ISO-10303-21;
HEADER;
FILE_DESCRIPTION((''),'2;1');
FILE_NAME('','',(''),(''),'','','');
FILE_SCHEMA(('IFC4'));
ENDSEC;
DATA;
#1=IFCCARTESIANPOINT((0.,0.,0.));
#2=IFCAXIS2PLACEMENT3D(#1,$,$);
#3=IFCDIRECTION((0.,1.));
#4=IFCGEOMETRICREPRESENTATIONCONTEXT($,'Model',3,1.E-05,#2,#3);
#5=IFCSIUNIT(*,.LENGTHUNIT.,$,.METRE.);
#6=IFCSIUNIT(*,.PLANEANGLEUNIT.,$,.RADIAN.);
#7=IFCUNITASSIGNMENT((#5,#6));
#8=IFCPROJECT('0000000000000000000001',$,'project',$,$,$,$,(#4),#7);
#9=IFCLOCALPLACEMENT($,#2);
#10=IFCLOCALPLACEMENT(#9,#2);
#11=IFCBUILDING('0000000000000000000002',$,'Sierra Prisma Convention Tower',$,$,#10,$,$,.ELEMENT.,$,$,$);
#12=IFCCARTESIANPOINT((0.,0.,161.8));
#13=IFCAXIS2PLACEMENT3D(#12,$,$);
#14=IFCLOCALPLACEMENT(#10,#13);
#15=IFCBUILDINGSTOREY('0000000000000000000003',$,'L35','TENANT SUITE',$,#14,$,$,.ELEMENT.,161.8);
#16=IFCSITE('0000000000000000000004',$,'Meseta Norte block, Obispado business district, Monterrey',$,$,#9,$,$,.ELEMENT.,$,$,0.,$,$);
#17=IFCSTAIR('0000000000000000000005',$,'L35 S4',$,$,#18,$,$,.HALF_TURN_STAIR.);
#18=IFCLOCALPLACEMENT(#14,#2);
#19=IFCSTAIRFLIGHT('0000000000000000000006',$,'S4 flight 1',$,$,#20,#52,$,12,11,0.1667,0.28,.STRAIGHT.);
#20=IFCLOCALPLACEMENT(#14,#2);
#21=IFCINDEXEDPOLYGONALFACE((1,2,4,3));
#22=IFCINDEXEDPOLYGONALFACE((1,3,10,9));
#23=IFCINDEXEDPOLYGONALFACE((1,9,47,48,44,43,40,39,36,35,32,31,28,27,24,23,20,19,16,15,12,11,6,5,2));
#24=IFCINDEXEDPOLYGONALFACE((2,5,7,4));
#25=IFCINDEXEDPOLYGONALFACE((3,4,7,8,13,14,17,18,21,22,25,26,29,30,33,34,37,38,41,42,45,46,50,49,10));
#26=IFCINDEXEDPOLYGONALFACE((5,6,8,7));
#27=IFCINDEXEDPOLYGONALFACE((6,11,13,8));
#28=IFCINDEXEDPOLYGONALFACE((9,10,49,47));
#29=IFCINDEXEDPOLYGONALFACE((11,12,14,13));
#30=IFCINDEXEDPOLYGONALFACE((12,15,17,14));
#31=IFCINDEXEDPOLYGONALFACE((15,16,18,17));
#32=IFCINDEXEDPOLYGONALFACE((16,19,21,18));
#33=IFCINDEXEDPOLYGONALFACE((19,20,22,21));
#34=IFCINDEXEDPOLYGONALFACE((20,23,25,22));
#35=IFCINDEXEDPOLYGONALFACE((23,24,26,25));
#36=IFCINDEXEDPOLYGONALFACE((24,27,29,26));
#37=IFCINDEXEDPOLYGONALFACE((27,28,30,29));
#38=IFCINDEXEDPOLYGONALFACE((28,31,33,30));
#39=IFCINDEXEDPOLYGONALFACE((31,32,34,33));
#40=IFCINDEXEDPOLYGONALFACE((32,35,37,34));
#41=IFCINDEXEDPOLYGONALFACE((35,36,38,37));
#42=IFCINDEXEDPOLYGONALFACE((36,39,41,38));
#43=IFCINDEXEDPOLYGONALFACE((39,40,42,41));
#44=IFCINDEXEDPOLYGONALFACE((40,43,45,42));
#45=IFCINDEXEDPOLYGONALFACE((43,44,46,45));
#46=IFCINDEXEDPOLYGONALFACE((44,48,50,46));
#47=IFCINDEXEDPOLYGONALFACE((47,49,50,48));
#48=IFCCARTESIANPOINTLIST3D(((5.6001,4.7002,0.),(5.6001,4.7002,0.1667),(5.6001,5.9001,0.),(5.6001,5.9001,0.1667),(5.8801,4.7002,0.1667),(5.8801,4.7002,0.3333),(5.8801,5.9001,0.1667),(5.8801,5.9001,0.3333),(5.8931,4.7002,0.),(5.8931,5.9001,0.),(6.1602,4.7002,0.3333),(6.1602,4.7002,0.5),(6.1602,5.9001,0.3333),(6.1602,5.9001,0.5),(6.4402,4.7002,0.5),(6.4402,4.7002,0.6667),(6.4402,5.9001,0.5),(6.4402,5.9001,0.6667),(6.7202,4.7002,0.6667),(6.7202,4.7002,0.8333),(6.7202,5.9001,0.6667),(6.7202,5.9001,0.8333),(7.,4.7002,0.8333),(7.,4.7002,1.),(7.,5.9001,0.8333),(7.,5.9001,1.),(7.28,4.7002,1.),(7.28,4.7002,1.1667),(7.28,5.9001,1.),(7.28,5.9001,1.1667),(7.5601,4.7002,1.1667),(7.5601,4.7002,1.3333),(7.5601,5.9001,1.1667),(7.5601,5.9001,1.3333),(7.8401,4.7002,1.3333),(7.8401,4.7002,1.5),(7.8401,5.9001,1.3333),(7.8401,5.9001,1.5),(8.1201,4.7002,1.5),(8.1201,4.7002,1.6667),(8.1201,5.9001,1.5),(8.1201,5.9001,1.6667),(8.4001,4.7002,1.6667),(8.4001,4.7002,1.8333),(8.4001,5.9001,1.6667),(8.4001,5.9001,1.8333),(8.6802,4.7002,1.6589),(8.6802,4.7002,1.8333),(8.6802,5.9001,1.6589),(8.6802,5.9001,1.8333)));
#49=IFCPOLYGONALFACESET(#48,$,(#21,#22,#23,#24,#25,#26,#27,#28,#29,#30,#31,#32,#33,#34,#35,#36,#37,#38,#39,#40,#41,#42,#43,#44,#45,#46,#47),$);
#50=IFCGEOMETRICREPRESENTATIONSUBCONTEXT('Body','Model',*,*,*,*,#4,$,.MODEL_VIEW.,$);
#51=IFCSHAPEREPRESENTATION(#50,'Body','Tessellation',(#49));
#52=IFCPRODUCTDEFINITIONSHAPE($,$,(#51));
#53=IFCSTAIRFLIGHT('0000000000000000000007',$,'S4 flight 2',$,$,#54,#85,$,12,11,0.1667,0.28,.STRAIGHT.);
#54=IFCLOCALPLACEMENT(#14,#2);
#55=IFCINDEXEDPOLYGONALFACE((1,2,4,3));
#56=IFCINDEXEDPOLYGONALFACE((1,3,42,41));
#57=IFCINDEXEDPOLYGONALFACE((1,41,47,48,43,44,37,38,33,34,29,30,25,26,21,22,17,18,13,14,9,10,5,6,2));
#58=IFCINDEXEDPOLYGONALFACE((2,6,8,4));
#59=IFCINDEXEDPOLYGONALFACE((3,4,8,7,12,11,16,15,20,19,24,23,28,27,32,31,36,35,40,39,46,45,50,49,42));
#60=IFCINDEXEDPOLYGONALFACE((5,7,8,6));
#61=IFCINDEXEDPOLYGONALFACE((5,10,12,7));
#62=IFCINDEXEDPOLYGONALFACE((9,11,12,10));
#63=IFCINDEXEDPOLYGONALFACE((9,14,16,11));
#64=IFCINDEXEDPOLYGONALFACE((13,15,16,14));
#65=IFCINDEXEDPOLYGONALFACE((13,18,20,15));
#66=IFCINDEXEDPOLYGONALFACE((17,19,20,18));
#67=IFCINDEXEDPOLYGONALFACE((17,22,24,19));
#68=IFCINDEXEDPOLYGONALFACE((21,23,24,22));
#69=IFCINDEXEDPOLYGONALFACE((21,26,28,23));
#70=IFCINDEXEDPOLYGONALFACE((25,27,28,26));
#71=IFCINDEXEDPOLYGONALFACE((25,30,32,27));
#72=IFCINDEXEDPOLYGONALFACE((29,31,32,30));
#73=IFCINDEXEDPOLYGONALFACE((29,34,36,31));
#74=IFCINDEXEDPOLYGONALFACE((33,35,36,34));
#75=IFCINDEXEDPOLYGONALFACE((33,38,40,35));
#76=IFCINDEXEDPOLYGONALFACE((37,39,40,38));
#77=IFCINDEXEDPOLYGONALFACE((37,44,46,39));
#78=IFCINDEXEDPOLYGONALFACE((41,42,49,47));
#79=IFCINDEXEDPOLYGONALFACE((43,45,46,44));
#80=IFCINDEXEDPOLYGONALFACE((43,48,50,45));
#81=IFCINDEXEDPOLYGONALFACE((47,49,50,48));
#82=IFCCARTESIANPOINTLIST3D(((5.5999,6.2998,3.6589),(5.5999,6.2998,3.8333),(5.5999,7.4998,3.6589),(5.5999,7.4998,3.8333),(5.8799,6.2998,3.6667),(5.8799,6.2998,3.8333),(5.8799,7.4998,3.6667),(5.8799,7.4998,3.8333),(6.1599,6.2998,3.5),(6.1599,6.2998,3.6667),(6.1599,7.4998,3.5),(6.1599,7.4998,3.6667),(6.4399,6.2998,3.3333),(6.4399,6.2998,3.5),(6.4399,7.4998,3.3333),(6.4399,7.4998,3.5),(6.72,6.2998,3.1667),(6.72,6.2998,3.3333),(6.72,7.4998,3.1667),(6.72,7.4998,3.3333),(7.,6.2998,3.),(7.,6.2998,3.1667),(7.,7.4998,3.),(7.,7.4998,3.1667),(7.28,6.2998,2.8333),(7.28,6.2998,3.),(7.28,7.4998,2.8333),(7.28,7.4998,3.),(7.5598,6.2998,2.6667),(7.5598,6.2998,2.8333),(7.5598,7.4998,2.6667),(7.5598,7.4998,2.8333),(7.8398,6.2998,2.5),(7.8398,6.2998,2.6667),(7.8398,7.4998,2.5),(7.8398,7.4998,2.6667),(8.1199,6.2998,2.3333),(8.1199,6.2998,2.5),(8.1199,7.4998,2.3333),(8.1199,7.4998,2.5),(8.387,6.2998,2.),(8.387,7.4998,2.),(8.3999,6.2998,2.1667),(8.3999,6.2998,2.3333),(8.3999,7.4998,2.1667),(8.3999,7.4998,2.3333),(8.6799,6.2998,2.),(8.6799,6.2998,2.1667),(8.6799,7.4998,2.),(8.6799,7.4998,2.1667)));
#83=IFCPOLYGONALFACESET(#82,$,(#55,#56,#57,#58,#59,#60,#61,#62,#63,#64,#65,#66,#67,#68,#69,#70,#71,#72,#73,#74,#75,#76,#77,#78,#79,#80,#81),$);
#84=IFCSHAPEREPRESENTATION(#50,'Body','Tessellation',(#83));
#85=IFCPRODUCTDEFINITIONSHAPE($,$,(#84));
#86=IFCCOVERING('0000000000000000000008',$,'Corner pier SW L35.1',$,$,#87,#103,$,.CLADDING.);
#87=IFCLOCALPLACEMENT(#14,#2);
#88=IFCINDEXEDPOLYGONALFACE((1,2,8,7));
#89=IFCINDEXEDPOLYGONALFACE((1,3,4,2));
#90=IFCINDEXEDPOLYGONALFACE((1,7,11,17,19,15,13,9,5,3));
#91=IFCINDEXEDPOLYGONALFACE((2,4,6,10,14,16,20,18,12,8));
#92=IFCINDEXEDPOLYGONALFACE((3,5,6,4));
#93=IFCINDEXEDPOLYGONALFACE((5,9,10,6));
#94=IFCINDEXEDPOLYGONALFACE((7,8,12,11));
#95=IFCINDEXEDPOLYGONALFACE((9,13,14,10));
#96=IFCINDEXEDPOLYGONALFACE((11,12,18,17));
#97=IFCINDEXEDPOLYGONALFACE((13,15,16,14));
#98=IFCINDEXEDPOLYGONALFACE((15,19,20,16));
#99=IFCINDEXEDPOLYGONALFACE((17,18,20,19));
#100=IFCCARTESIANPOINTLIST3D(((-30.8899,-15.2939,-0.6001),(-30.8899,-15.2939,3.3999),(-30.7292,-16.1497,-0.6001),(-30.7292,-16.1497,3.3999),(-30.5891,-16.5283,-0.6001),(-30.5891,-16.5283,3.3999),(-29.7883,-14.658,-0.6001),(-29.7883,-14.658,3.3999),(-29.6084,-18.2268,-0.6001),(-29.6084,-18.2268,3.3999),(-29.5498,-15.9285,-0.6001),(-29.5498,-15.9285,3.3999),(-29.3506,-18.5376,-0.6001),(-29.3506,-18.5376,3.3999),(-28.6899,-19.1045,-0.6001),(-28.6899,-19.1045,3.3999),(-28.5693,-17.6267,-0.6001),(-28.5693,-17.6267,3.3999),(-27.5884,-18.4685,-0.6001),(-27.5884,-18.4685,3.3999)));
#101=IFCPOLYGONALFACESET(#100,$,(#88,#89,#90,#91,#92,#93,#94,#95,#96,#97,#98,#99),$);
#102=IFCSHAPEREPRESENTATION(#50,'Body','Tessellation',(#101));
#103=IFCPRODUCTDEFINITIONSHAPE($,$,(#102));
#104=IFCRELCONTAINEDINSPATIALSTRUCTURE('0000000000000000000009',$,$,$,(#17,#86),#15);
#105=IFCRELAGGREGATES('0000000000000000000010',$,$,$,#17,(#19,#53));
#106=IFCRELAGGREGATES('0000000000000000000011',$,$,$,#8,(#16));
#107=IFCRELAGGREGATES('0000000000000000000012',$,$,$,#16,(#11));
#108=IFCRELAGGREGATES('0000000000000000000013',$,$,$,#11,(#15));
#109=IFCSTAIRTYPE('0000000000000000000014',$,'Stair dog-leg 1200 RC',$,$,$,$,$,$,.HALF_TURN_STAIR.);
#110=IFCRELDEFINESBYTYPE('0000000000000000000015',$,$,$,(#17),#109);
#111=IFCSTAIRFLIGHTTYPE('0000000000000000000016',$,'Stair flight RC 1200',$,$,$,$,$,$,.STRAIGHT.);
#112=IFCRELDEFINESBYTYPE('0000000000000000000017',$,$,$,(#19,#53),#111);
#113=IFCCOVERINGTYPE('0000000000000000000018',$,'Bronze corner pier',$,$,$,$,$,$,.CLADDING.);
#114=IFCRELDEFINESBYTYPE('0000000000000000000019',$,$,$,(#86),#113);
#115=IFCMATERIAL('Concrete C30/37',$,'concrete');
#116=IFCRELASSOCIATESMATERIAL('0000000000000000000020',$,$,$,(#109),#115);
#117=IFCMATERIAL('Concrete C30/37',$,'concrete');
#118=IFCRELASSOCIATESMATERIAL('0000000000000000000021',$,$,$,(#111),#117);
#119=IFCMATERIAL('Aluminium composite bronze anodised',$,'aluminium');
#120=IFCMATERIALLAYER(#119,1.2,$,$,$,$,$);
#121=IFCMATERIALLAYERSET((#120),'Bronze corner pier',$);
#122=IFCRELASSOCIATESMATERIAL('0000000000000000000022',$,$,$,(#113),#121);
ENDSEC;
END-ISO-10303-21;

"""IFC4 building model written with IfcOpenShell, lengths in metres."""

from ifc_helpers import new_model, si_unit, direction, frame, origin, place, context, subcontext, project, spatial, polyline, outline, extrude, material, layer, layer_set, type_object, element, aggregate, save


model = new_model("IFC4")

# Units and contexts
model_context = context("Model", 3, precision=1e-05, world=origin(), true_north=direction((0.0, 1.0)))
body_context = subcontext(model_context, "Body", "Model", "MODEL_VIEW")
ifc_project = project(units=[si_unit("LENGTHUNIT", "METRE"), si_unit("PLANEANGLEUNIT", "RADIAN")], contexts=[model_context])

# Site, building, storey
site_placement = place(None, origin())
site = spatial("IfcSite", under=ifc_project, at=site_placement, Name="Meseta Norte block, Obispado business district, Monterrey", CompositionType="ELEMENT", RefElevation=0.0)
building_placement = place(site_placement, origin())
building = spatial("IfcBuilding", under=site, at=building_placement, Name="Sierra Prisma Convention Tower", CompositionType="ELEMENT")
storey_placement = place(building_placement, frame((0.0, 0.0, 161.8)))
storey = spatial("IfcBuildingStorey", under=building, at=storey_placement, Name="L35", Description="TENANT SUITE", CompositionType="ELEMENT", Elevation=161.8)

# Shared definitions
ifc_material_1 = material(Name="Concrete C30/37", Category="concrete")
stair_type = type_object("IfcStairType", Name="Stair dog-leg 1200 RC", PredefinedType="HALF_TURN_STAIR", material=ifc_material_1)

# Stair
stair_1_placement = place(storey_placement, origin())
stair_1 = element("IfcStair", 1, at=stair_1_placement, inside=storey, type_object=stair_type, Name="L35 S4", PredefinedType="HALF_TURN_STAIR")

# Stair flights
ifc_material_2 = material(Name="Concrete C30/37", Category="concrete")
stair_flight_type = type_object("IfcStairFlightType", Name="Stair flight RC 1200", PredefinedType="STRAIGHT", material=ifc_material_2)
stair_flight_1_placement = place(storey_placement, frame((5.6001, 5.3, 0.0), z_axis=(0.0, 0.0, 1.0), x_axis=(1.0, 0.0, 0.0)))
stair_flight_1 = element("IfcStairFlight", 2, at=stair_flight_1_placement, type_object=stair_flight_type, Name="S4 flight 1", NumberOfRisers=12, NumberOfTreads=11, PredefinedType="STRAIGHT", RiserHeight=0.1667, TreadLength=0.28, context=body_context, shape_type="SweptSolid", body=[
    extrude(outline(polyline([(0.0, 0.0), (0.0, 0.1667), (0.28, 0.1667), (0.28, 0.3333), (0.5601, 0.3333), (0.5601, 0.5), (0.8401, 0.5), (0.8401, 0.6667), (1.1201, 0.6667), (1.1201, 0.8333), (1.3999, 0.8333), (1.3999, 1.0), (1.6799, 1.0), (1.6799, 1.1667), (1.96, 1.1667), (1.96, 1.3333), (2.24, 1.3333), (2.24, 1.5), (2.52, 1.5), (2.52, 1.6667), (2.8, 1.6667), (2.8, 1.8333), (3.0801, 1.8333), (3.0801, 2.0), (3.0801, 1.6589), (0.293, 0.0), (0.0, 0.0)])), frame((0.0, 0.6001, 0.0), z_axis=(0.0, -1.0, 0.0), x_axis=(1.0, 0.0, 0.0)), (0.0, 0.0, 1.0), 1.2),
])
stair_flight_2_placement = place(storey_placement, frame((8.6799, 6.8999, 2.0), z_axis=(0.0, 0.0, 1.0), x_axis=(-1.0, 0.0, 0.0)))
stair_flight_2 = element("IfcStairFlight", 3, at=stair_flight_2_placement, type_object=stair_flight_type, Name="S4 flight 2", NumberOfRisers=12, NumberOfTreads=11, PredefinedType="STRAIGHT", RiserHeight=0.1667, TreadLength=0.28, context=body_context, shape_type="SweptSolid", body=[
    extrude(outline(polyline([(0.0, 0.0), (0.0, 0.1667), (0.28, 0.1667), (0.28, 0.3333), (0.5601, 0.3333), (0.5601, 0.5), (0.8401, 0.5), (0.8401, 0.6667), (1.1201, 0.6667), (1.1201, 0.8333), (1.3999, 0.8333), (1.3999, 1.0), (1.6799, 1.0), (1.6799, 1.1667), (1.96, 1.1667), (1.96, 1.3333), (2.24, 1.3333), (2.24, 1.5), (2.52, 1.5), (2.52, 1.6667), (2.8, 1.6667), (2.8, 1.8333), (3.0801, 1.8333), (3.0801, 2.0), (3.0801, 1.6589), (0.293, 0.0), (0.0, 0.0)])), frame((0.0, 0.6001, 0.0), z_axis=(0.0, -1.0, 0.0), x_axis=(1.0, 0.0, 0.0)), (0.0, 0.0, 1.0), 1.2),
])
aggregate(stair_1, [stair_flight_1, stair_flight_2])

# Covering
ifc_material_3 = material(Name="Aluminium composite bronze anodised", Category="aluminium")
ifc_layer_1 = layer(ifc_material_3, 1.2)
ifc_layer_set_1 = layer_set([ifc_layer_1], Name="Bronze corner pier")
covering_type = type_object("IfcCoveringType", Name="Bronze corner pier", PredefinedType="CLADDING", material=ifc_layer_set_1)
covering_placement = place(storey_placement, frame((0.0, 0.0, -0.6001)))
element("IfcCovering", 4, at=covering_placement, inside=storey, type_object=covering_type, Name="Corner pier SW L35.1", PredefinedType="CLADDING", context=body_context, shape_type="SweptSolid", body=[
    extrude(outline(polyline([(-29.5498, -15.9285), (-28.5693, -17.6267), (-27.5884, -18.4685), (-28.6899, -19.1045), (-29.3506, -18.5376), (-29.6084, -18.2268), (-30.5891, -16.5283), (-30.7292, -16.1497), (-30.8899, -15.2939), (-29.7883, -14.658), (-29.5498, -15.9285)])), origin(), (0.0, 0.0, 1.0), 4.0),
])

save(model, "model.ifc")
